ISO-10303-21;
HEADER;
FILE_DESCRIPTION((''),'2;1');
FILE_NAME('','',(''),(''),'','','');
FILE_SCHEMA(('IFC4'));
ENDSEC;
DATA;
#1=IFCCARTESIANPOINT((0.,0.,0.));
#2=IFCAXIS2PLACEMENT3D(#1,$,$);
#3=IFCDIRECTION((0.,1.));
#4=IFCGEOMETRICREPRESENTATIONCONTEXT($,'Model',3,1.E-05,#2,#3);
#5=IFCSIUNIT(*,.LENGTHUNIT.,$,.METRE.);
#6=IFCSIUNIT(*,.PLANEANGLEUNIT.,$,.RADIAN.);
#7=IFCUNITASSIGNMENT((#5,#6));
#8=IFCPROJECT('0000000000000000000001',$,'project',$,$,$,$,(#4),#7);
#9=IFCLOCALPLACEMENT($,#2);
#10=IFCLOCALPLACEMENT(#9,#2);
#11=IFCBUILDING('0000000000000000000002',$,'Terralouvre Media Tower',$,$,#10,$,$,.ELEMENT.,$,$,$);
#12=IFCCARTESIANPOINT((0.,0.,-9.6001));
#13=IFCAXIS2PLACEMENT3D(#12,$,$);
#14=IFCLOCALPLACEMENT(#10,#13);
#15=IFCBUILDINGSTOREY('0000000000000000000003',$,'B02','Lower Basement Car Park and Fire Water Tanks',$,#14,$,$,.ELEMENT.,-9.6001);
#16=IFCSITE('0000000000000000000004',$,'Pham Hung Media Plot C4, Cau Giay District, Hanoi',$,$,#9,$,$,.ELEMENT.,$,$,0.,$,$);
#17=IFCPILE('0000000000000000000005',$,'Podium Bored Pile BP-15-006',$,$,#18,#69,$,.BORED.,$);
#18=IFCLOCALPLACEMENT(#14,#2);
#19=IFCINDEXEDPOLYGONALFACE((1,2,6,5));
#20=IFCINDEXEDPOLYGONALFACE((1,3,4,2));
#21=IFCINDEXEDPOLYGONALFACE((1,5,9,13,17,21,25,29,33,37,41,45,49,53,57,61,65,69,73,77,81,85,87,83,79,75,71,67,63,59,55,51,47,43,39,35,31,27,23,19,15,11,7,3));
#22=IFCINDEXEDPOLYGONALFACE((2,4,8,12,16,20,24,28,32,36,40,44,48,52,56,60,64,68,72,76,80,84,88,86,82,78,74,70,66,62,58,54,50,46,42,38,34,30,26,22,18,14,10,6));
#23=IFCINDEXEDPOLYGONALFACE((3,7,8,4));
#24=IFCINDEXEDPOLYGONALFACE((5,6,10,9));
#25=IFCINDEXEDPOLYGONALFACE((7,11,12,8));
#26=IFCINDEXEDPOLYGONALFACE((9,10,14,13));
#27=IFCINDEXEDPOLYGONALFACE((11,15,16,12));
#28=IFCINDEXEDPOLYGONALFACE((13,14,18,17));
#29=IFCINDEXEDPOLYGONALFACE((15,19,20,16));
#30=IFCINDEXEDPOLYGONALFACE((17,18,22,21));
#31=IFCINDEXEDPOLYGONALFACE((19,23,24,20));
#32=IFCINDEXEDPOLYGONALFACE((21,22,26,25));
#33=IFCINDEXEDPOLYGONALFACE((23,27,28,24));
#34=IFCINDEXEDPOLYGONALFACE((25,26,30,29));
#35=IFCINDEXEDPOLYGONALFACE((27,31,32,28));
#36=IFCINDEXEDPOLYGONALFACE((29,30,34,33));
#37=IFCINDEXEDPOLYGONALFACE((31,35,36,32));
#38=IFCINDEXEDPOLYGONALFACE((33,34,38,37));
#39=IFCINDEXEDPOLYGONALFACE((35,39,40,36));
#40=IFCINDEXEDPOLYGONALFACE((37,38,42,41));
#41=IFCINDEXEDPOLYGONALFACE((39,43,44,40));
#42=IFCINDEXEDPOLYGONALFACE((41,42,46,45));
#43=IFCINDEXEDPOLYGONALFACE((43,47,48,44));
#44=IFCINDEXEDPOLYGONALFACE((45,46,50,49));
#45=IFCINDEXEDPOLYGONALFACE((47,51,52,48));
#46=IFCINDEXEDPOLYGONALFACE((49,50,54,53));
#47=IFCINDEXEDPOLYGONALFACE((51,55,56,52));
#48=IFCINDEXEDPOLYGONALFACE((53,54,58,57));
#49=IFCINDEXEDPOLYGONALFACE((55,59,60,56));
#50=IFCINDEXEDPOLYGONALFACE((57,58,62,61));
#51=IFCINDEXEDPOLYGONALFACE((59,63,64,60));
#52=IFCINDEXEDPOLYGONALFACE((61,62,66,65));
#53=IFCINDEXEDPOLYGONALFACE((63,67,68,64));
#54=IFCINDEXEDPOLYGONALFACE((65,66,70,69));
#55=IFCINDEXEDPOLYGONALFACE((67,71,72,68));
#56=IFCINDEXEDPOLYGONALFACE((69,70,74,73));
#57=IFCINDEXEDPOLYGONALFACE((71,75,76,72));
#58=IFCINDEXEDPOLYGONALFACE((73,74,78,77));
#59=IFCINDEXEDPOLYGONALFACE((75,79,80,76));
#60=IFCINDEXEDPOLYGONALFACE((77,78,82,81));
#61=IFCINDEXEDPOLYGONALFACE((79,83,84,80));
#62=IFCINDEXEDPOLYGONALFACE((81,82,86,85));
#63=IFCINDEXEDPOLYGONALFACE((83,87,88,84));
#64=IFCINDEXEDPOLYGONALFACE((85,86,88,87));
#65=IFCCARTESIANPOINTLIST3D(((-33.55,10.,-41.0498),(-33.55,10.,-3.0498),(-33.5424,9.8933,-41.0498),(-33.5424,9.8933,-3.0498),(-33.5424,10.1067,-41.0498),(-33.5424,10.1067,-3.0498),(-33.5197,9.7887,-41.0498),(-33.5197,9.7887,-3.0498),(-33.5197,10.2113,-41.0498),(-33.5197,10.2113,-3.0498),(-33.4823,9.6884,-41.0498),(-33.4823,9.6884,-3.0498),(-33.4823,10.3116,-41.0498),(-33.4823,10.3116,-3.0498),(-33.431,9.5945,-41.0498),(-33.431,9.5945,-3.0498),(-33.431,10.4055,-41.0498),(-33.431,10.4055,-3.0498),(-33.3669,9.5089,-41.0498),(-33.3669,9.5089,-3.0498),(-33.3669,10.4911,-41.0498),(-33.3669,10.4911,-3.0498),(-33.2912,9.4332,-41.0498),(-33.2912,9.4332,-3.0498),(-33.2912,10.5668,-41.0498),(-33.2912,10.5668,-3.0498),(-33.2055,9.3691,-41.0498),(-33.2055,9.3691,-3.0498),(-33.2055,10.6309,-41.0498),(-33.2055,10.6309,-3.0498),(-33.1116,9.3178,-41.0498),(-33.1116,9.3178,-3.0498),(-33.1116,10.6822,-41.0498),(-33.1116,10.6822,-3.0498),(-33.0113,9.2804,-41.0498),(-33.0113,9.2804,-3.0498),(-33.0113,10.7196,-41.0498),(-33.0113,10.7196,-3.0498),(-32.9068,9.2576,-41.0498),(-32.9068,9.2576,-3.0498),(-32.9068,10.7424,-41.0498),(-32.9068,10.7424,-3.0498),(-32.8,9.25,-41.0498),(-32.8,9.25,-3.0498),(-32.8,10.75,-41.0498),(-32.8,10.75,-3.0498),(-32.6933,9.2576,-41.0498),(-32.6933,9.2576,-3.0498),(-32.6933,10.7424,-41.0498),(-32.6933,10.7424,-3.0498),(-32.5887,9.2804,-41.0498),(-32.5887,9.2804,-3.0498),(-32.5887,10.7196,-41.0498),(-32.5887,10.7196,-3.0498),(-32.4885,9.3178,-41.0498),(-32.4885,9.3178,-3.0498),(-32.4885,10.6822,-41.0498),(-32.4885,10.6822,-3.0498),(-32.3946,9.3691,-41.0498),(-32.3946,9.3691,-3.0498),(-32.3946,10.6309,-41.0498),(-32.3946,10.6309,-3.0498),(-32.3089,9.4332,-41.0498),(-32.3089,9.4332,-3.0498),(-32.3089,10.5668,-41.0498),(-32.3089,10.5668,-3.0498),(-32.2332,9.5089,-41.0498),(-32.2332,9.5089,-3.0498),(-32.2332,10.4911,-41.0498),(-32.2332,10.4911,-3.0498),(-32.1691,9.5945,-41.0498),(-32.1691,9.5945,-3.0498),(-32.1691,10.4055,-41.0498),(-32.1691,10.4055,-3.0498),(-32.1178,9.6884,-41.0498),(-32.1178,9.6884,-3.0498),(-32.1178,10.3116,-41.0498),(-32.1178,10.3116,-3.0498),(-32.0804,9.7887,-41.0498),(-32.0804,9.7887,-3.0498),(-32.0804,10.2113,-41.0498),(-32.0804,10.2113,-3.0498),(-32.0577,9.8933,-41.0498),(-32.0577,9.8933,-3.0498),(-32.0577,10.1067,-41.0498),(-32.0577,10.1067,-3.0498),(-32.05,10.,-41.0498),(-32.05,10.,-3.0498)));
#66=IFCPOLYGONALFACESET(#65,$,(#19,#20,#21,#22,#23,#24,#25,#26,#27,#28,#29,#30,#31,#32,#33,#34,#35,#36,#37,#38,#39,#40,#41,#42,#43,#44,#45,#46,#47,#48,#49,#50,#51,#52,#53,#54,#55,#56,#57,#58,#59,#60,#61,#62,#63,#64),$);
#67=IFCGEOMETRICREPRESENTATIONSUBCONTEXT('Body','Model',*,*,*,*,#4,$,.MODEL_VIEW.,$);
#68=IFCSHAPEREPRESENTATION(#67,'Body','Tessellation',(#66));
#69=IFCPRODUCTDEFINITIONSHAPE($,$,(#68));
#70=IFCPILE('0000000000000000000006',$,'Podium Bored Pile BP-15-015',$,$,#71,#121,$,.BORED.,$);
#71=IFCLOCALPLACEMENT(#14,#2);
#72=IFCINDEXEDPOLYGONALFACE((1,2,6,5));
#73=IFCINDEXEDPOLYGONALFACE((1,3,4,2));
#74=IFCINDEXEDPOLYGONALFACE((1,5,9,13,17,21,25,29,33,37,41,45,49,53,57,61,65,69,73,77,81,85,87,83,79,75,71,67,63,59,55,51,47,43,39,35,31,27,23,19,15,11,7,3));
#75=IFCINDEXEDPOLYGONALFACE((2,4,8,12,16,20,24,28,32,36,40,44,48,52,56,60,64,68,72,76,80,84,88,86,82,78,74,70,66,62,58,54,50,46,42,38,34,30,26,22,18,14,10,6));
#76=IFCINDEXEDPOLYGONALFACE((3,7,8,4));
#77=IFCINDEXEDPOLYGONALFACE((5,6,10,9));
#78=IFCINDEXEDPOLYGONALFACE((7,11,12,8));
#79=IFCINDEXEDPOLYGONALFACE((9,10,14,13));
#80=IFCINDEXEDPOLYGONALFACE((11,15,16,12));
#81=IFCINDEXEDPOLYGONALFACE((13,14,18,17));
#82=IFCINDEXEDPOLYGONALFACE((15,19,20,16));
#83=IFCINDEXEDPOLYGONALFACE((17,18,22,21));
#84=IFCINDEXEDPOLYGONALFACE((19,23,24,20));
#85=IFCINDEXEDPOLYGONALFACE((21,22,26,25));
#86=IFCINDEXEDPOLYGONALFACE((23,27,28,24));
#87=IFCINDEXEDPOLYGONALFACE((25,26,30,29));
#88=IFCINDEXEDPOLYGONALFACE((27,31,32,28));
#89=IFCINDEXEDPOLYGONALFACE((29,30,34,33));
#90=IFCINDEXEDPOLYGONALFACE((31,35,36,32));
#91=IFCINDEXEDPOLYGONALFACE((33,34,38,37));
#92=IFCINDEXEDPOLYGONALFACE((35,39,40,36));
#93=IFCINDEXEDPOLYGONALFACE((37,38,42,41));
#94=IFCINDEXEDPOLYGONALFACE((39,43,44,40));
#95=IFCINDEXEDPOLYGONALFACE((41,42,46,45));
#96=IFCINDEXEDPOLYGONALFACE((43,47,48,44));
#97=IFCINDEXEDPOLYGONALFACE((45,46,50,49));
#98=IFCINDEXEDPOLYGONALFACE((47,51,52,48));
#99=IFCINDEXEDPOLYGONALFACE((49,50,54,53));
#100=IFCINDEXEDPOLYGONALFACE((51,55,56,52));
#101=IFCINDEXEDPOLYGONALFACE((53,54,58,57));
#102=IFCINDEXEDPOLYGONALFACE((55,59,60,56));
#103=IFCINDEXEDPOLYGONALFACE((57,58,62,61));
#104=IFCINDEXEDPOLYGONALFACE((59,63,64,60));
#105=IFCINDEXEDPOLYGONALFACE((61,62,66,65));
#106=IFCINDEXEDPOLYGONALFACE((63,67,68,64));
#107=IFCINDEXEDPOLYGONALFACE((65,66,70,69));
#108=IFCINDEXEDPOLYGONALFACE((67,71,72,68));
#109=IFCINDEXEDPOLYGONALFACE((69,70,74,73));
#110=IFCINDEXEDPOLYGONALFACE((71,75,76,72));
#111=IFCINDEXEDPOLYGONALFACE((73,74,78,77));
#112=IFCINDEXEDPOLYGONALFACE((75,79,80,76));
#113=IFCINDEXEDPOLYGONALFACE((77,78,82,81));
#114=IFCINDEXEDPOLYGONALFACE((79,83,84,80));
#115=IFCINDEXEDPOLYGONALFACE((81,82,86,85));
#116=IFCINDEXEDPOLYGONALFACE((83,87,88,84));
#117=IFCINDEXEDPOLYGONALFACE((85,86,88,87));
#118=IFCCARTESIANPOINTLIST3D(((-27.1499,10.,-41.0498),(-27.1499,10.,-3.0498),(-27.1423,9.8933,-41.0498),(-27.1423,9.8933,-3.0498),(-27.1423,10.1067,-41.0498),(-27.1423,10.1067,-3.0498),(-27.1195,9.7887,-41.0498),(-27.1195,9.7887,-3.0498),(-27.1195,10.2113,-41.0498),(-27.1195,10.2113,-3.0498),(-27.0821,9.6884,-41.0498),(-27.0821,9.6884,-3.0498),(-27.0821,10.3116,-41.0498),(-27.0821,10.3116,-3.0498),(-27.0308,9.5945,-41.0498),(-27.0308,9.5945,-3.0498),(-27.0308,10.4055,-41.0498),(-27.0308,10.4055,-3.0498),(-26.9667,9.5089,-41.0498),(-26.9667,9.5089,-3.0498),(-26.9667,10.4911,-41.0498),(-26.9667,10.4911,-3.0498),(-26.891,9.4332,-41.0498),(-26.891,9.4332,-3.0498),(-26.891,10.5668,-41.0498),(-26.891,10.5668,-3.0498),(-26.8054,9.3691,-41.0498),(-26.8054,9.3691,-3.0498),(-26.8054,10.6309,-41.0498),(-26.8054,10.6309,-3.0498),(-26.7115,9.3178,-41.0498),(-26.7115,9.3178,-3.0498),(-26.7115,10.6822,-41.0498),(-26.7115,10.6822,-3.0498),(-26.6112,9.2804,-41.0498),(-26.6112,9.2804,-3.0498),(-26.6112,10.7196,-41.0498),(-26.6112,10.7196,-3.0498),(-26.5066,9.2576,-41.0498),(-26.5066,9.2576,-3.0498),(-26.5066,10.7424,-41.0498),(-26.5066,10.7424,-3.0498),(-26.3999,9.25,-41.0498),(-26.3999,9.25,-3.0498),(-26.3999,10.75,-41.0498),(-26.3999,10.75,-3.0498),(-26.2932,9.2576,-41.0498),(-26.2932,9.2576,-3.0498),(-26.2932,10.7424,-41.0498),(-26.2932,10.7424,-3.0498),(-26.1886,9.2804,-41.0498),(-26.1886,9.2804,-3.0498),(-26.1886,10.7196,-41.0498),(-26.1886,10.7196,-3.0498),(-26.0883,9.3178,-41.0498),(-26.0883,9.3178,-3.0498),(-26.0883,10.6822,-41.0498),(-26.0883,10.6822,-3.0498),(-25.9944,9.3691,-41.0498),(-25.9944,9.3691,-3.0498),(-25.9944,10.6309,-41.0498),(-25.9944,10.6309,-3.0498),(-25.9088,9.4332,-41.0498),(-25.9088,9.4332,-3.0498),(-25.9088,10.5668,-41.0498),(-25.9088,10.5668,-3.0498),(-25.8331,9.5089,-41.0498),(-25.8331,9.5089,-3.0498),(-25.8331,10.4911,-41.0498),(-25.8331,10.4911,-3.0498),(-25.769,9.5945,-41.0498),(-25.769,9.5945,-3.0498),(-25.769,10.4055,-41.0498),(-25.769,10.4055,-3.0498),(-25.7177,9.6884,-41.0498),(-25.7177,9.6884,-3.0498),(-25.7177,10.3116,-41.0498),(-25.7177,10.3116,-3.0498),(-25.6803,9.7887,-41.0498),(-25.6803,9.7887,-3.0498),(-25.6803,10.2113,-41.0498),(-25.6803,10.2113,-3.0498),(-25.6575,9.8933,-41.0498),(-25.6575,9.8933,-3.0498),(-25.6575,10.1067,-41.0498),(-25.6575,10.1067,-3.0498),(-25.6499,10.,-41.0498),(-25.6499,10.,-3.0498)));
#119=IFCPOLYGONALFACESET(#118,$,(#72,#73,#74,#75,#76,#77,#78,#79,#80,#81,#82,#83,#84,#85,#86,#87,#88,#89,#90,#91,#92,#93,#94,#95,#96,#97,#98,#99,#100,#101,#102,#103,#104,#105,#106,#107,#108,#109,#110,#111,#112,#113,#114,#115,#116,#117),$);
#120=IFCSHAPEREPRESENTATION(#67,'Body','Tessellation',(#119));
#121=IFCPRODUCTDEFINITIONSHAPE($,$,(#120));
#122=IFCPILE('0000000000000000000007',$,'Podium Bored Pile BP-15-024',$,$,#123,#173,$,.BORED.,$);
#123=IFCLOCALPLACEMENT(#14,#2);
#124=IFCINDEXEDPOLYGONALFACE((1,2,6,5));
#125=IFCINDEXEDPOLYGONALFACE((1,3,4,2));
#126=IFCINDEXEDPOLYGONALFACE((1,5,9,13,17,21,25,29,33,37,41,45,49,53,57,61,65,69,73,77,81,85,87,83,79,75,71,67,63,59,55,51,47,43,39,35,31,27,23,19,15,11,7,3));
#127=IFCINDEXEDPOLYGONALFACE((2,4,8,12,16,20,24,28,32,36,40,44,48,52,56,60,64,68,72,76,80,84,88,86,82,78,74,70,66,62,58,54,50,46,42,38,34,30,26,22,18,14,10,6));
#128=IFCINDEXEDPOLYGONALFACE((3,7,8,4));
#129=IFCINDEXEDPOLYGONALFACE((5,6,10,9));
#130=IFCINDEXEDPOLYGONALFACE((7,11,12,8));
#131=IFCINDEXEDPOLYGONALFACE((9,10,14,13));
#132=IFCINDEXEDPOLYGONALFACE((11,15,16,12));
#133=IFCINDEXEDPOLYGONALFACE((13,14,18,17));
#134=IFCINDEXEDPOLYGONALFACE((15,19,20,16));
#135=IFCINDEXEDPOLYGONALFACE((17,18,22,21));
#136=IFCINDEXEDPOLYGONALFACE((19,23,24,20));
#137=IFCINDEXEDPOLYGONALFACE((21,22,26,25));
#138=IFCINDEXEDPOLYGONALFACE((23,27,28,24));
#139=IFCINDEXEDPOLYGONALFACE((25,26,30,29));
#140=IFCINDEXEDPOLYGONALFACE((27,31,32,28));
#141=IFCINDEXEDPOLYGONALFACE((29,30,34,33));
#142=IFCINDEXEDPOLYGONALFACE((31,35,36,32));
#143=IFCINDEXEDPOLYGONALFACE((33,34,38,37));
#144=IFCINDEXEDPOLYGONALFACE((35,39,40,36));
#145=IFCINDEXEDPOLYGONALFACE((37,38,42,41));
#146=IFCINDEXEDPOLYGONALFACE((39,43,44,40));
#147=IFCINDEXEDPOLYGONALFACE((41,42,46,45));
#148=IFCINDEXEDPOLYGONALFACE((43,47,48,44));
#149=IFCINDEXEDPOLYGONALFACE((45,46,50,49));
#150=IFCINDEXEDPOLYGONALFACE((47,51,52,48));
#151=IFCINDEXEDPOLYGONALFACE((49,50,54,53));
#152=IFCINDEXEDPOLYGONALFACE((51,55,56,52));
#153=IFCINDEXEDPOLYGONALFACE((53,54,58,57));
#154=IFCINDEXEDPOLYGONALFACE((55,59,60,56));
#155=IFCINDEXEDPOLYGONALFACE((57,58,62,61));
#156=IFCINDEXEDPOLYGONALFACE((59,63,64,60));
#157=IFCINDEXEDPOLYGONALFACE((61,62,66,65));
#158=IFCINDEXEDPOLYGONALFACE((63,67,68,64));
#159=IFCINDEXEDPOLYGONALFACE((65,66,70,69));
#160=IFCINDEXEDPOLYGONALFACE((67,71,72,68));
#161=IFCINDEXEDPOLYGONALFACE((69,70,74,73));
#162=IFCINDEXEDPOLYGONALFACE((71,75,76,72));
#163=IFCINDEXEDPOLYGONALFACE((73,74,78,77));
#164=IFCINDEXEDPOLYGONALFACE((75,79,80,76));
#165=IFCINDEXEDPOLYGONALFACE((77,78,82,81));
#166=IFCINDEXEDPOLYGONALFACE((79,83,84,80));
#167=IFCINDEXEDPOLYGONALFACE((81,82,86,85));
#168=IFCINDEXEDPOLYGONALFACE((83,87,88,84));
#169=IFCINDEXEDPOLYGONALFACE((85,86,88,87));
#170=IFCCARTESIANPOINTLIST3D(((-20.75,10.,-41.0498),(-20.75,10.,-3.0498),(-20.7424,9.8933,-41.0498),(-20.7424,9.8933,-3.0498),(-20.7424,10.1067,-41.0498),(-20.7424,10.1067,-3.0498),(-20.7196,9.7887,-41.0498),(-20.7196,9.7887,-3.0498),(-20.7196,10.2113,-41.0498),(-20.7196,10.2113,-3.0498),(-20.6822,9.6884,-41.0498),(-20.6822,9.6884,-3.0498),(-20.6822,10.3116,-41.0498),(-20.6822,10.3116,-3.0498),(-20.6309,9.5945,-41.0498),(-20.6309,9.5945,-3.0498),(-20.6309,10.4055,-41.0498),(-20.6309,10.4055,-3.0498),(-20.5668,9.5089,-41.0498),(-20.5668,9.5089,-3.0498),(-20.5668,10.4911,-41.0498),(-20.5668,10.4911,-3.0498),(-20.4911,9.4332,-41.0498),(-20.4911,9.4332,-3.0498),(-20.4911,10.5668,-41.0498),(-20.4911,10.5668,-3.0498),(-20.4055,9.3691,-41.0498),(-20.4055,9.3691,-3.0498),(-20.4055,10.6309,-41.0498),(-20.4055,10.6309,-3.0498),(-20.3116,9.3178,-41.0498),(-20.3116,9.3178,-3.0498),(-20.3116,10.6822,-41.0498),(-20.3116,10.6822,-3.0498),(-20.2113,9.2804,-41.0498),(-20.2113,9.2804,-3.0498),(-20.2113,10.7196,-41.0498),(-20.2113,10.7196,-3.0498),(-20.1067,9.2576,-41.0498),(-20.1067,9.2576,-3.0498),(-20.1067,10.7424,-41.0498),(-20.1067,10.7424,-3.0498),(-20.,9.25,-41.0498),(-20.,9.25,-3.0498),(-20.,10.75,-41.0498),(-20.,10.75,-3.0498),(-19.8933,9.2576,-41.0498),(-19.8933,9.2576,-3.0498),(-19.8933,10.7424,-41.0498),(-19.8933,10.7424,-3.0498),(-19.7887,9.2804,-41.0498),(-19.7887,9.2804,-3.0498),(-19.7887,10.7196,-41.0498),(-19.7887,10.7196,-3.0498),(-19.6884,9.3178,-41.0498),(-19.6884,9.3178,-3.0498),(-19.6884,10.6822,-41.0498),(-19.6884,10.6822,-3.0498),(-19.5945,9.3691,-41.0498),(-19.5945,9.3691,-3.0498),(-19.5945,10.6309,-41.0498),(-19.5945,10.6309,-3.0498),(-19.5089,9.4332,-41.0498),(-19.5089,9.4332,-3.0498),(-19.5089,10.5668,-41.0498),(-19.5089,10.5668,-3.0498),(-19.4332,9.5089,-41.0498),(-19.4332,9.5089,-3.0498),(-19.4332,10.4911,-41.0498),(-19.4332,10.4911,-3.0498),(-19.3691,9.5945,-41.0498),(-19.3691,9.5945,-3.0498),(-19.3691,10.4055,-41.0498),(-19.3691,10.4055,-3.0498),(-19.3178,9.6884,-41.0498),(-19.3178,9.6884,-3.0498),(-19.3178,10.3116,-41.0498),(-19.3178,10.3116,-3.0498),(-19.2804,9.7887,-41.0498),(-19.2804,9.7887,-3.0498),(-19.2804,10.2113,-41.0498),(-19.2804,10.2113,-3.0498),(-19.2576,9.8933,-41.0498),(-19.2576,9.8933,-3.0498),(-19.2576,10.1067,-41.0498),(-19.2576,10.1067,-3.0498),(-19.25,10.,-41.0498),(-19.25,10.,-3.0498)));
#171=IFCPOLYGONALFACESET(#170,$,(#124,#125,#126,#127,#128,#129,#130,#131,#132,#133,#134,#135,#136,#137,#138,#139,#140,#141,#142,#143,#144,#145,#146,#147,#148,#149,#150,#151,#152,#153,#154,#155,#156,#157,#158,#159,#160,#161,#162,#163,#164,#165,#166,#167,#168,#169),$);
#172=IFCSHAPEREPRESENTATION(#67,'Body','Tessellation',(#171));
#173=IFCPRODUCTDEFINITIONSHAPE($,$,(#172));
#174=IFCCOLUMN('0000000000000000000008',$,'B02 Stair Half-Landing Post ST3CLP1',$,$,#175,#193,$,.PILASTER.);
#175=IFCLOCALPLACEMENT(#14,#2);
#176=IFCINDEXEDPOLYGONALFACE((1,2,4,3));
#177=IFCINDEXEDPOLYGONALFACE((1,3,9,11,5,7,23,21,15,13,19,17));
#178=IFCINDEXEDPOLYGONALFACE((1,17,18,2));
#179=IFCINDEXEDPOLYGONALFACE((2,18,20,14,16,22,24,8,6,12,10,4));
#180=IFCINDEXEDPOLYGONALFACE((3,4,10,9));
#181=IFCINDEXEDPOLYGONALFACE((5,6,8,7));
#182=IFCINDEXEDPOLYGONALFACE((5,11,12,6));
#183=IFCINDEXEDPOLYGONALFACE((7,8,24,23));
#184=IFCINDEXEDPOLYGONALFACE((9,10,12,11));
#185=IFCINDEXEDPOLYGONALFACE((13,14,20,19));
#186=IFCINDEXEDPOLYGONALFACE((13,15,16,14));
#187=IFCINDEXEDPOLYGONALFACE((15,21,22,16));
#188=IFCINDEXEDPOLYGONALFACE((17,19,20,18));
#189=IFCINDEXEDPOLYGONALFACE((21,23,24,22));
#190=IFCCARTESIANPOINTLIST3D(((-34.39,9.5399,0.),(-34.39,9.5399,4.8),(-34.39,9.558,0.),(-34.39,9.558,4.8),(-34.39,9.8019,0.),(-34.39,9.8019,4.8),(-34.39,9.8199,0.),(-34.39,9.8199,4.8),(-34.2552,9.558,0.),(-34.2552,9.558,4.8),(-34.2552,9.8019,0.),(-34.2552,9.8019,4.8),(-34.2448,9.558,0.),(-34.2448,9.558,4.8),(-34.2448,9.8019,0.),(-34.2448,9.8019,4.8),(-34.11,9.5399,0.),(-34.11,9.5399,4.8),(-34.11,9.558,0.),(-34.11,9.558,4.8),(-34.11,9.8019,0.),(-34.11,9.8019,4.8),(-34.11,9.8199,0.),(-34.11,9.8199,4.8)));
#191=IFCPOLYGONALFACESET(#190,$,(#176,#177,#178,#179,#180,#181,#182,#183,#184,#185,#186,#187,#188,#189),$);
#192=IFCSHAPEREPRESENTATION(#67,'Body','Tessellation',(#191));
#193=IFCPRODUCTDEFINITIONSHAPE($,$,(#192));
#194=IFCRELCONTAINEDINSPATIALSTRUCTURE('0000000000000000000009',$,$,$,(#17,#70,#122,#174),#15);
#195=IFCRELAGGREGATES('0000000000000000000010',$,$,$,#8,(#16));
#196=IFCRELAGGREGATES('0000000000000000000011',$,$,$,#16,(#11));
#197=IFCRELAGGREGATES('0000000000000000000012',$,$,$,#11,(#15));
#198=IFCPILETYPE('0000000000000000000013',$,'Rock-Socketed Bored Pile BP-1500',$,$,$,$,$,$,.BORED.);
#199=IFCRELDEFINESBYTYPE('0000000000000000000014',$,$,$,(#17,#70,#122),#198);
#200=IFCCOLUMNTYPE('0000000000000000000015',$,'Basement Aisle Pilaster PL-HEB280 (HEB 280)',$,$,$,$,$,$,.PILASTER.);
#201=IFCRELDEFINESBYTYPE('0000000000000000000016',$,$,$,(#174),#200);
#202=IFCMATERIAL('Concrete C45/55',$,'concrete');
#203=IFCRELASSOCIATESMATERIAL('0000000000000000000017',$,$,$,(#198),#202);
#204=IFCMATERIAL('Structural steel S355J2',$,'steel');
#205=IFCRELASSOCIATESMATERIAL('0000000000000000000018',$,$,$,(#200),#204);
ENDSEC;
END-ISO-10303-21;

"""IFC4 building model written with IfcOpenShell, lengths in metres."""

from ifc_helpers import new_model, si_unit, direction, frame, origin, origin_2d, place, context, subcontext, project, spatial, circle, i_section, extrude, material, material_profile, profile_set, type_object, element, save


model = new_model("IFC4")

# Units and contexts
model_context = context("Model", 3, precision=1e-05, world=origin(), true_north=direction((0.0, 1.0)))
body_context = subcontext(model_context, "Body", "Model", "MODEL_VIEW")
ifc_project = project(units=[si_unit("LENGTHUNIT", "METRE"), si_unit("PLANEANGLEUNIT", "RADIAN")], contexts=[model_context])

# Site, building, storey
site_placement = place(None, origin())
site = spatial("IfcSite", under=ifc_project, at=site_placement, Name="Pham Hung Media Plot C4, Cau Giay District, Hanoi", CompositionType="ELEMENT", RefElevation=0.0)
building_placement = place(site_placement, origin())
building = spatial("IfcBuilding", under=site, at=building_placement, Name="Terralouvre Media Tower", CompositionType="ELEMENT")
storey_placement = place(building_placement, frame((0.0, 0.0, -9.6001)))
storey = spatial("IfcBuildingStorey", under=building, at=storey_placement, Name="B02", Description="Lower Basement Car Park and Fire Water Tanks", CompositionType="ELEMENT", Elevation=-9.6001)

# Piles
ifc_material_1 = material(Name="Concrete C45/55", Category="concrete")
ifc_material_profile_1 = material_profile(ifc_material_1, circle(Radius=0.75, at=origin_2d()), Name="BORED PILE 1500")
ifc_profile_set_1 = profile_set([ifc_material_profile_1], Name="Concrete C45/55")
pile_type = type_object("IfcPileType", Name="Rock-Socketed Bored Pile BP-1500", PredefinedType="BORED", material=ifc_profile_set_1)
for number, where, z_axis, x_axis, name in (
    (1, (-32.8, 10.0, -3.0498), (0.0, 0.0, -1.0), (1.0, 0.0, 0.0), "Podium Bored Pile BP-15-006"),
    (2, (-26.3999, 10.0, -3.0498), (0.0, 0.0, -1.0), (1.0, 0.0, 0.0), "Podium Bored Pile BP-15-015"),
    (3, (-20.0, 10.0, -3.0498), (0.0, 0.0, -1.0), (1.0, 0.0, 0.0), "Podium Bored Pile BP-15-024"),
):
    element("IfcPile", number, at=place(storey_placement, frame(where, z_axis=z_axis, x_axis=x_axis)), inside=storey, type_object=pile_type, Name=name, PredefinedType="BORED", context=body_context, shape_type="SweptSolid", body=[
        extrude(circle(Radius=0.75, at=origin_2d()), origin(), (0.0, 0.0, 1.0), 38.0),
    ])

# Column
ifc_material_2 = material(Name="Structural steel S355J2", Category="steel")
ifc_material_profile_2 = material_profile(ifc_material_2, i_section(OverallWidth=0.28, OverallDepth=0.28, WebThickness=0.0105, FlangeThickness=0.0181, at=origin_2d()), Name="HEB 280")
ifc_profile_set_2 = profile_set([ifc_material_profile_2], Name="Structural steel S355J2")
column_type_1 = type_object("IfcColumnType", Name="Basement Aisle Pilaster PL-HEB280 (HEB 280)", PredefinedType="PILASTER", material=ifc_profile_set_2)
for number, where, z_axis, x_axis, name in (
    (4, (-34.25, 9.6799, 0.0), (0.0, 0.0, 1.0), (1.0, 0.0, 0.0), "B02 Stair Half-Landing Post ST3CLP1"),
):
    element("IfcColumn", number, at=place(storey_placement, frame(where, z_axis=z_axis, x_axis=x_axis)), inside=storey, type_object=column_type_1, Name=name, PredefinedType="PILASTER", context=body_context, shape_type="SweptSolid", body=[
        extrude(i_section(OverallWidth=0.28, OverallDepth=0.28, WebThickness=0.0105, FlangeThickness=0.0181, at=origin_2d()), origin(), (0.0, 0.0, 1.0), 4.8),
    ])

save(model, "model.ifc")
